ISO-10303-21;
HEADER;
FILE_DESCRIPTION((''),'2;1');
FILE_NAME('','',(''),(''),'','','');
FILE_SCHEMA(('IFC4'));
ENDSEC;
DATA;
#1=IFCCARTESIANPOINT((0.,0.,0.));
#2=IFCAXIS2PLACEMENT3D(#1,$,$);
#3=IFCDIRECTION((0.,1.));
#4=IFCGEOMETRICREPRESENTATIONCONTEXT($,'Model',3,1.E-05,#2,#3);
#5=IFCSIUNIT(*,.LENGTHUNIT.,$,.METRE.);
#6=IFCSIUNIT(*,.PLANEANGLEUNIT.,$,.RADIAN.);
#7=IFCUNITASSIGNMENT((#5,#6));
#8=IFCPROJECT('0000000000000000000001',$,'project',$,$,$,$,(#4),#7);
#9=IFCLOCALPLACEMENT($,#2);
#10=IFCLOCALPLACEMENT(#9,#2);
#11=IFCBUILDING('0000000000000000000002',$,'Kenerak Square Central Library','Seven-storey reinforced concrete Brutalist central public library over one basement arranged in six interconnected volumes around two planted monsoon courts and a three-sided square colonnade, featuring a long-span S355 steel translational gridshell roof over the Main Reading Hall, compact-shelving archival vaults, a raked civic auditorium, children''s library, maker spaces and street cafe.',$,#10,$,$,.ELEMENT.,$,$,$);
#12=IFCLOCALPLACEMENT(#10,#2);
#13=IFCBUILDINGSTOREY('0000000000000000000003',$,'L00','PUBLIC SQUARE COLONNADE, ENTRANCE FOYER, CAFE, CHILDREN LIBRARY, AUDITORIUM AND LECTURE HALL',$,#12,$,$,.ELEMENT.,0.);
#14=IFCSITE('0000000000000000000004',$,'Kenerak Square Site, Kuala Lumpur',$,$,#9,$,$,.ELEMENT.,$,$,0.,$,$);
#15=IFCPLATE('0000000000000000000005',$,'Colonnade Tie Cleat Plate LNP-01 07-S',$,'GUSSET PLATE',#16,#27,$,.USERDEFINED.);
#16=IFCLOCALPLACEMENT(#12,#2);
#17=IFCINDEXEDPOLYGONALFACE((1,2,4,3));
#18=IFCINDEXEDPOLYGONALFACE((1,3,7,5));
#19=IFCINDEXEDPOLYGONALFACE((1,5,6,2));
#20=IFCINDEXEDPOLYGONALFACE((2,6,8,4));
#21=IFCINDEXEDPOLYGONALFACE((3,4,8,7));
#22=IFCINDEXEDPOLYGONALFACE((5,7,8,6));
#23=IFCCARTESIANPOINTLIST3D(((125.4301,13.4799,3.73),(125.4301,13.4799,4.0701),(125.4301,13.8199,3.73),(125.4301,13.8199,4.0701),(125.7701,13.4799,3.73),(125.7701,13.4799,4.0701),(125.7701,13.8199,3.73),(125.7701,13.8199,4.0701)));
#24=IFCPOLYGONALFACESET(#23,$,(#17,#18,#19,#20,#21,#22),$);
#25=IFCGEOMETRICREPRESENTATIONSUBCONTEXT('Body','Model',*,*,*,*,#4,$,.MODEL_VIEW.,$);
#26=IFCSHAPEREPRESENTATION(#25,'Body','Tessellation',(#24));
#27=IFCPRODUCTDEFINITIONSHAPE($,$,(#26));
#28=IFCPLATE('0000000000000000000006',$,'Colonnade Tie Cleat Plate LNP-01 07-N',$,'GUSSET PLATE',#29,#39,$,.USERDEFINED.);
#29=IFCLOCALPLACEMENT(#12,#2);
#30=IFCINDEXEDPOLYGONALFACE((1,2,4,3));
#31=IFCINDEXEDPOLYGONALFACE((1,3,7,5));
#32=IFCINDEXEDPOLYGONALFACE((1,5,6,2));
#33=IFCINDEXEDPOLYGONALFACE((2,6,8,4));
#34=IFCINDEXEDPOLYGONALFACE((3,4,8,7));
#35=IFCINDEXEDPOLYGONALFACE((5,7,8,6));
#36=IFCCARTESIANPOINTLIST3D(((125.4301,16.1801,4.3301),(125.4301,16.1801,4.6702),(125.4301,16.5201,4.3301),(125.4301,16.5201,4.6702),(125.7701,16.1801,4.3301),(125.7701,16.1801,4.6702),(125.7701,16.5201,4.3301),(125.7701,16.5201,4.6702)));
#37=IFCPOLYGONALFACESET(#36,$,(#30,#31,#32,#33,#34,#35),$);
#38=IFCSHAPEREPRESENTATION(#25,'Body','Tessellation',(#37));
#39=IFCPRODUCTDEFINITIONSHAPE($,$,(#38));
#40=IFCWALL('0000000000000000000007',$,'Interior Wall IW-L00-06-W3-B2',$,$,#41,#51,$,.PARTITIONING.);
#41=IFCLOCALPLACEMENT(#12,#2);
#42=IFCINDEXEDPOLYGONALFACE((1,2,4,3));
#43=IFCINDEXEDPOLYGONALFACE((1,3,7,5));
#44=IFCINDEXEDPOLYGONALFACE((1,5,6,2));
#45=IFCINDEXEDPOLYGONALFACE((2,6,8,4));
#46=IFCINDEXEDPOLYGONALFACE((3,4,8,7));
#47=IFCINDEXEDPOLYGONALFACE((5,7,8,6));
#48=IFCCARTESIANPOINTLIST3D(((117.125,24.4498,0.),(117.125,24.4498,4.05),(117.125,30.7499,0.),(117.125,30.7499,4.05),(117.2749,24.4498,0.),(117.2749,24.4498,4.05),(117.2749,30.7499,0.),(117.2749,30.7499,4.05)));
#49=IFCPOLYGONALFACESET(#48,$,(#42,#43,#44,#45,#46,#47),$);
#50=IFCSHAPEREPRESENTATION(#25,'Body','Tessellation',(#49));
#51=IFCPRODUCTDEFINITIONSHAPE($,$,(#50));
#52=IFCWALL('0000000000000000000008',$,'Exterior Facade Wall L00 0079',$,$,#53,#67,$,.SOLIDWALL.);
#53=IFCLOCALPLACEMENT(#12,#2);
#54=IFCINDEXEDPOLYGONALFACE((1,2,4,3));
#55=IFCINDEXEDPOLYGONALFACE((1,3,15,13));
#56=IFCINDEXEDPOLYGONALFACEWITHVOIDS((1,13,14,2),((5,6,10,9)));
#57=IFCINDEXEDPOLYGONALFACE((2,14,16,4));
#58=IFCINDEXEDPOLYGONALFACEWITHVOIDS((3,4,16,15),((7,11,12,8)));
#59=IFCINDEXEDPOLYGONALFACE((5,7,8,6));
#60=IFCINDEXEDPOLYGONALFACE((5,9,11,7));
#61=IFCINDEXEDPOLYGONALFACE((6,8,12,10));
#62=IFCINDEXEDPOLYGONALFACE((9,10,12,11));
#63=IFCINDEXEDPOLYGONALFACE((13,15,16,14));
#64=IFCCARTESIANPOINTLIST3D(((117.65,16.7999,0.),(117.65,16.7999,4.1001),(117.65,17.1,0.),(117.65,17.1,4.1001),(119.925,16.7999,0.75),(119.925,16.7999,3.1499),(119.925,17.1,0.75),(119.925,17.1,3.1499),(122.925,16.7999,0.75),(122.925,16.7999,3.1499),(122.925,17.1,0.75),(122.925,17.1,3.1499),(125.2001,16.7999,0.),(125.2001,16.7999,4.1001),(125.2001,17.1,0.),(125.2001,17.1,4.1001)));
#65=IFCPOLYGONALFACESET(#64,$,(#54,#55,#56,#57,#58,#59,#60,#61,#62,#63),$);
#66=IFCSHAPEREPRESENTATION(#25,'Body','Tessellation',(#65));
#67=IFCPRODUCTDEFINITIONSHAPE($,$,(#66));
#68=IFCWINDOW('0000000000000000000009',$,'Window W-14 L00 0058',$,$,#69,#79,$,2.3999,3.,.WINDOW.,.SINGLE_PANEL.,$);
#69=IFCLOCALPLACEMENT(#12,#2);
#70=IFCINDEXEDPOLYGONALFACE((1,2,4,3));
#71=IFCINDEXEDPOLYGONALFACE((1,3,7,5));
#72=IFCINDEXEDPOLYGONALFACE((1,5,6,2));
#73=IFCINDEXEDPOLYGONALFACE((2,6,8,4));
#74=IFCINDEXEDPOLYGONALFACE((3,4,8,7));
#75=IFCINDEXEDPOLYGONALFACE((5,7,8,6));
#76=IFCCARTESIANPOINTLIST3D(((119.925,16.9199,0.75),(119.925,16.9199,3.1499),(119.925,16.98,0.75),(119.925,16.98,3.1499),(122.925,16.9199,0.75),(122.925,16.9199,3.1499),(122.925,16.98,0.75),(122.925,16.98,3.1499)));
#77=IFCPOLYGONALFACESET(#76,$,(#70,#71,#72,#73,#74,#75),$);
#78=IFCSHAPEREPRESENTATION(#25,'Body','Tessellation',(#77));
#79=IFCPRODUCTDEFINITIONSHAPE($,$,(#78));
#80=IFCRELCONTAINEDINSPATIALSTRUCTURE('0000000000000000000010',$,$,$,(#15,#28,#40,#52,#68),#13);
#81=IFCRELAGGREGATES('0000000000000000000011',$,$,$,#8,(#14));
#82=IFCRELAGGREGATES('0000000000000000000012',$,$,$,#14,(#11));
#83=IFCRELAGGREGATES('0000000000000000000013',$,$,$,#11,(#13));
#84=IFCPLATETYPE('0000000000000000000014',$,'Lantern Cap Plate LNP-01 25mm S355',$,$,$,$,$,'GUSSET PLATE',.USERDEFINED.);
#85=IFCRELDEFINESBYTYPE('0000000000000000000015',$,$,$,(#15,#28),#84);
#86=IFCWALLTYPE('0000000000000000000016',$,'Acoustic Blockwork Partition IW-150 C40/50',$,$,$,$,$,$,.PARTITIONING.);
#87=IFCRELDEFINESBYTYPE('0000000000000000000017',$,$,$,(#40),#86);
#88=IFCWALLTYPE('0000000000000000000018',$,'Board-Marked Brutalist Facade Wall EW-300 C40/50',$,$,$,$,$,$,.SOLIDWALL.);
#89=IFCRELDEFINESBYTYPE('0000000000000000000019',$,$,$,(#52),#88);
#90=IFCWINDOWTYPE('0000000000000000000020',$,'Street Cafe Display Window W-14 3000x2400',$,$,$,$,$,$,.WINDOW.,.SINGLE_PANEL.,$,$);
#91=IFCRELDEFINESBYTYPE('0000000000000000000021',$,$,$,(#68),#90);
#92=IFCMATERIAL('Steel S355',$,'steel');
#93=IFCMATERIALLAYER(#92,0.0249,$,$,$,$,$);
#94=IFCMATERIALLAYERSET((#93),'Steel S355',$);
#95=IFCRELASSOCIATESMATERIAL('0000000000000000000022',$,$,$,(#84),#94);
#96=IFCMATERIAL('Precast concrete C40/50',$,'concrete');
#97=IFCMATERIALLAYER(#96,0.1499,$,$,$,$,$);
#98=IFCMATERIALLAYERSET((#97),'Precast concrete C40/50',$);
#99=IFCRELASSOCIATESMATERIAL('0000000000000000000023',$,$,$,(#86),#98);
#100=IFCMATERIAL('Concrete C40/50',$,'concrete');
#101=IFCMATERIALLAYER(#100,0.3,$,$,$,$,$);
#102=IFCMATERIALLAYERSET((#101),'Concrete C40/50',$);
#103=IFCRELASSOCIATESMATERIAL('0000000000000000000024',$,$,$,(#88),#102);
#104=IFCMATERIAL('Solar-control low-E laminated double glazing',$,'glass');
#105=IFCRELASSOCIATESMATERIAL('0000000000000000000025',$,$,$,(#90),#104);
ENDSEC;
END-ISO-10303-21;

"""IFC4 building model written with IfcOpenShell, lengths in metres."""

from ifc_helpers import new_model, si_unit, direction, frame, frame_2d, origin, origin_2d, place, context, subcontext, project, spatial, rectangle, extrude, material, layer, layer_set, type_object, element, fill, save


model = new_model("IFC4")

# Units and contexts
model_context = context("Model", 3, precision=1e-05, world=origin(), true_north=direction((0.0, 1.0)))
body_context = subcontext(model_context, "Body", "Model", "MODEL_VIEW")
ifc_project = project(units=[si_unit("LENGTHUNIT", "METRE"), si_unit("PLANEANGLEUNIT", "RADIAN")], contexts=[model_context])

# Site, building, storey
site_placement = place(None, origin())
site = spatial("IfcSite", under=ifc_project, at=site_placement, Name="Kenerak Square Site, Kuala Lumpur", CompositionType="ELEMENT", RefElevation=0.0)
building_placement = place(site_placement, origin())
building = spatial("IfcBuilding", under=site, at=building_placement, Name="Kenerak Square Central Library", Description="Seven-storey reinforced concrete Brutalist central public library over one basement arranged in six interconnected volumes around two planted monsoon courts and a three-sided square colonnade, featuring a long-span S355 steel translational gridshell roof over the Main Reading Hall, compact-shelving archival vaults, a raked civic auditorium, children's library, maker spaces and street cafe.", CompositionType="ELEMENT")
storey_placement = place(building_placement, origin())
storey = spatial("IfcBuildingStorey", under=building, at=storey_placement, Name="L00", Description="PUBLIC SQUARE COLONNADE, ENTRANCE FOYER, CAFE, CHILDREN LIBRARY, AUDITORIUM AND LECTURE HALL", CompositionType="ELEMENT", Elevation=0.0)

# Shared definitions
ifc_material_1 = material(Name="Steel S355", Category="steel")

# Shared definitions
ifc_material_2 = material(Name="Concrete C40/50", Category="concrete")

# Plates
ifc_layer_1 = layer(ifc_material_1, 0.0249)
ifc_layer_set_1 = layer_set([ifc_layer_1], Name="Steel S355")
plate_type = type_object("IfcPlateType", Name="Lantern Cap Plate LNP-01 25mm S355", ElementType="GUSSET PLATE", PredefinedType="USERDEFINED", material=ifc_layer_set_1)
for number, where, z_axis, x_axis, name in (
    (1, (125.6001, 13.6499, 3.73), (0.0, 0.0, 1.0), (1.0, 0.0, 0.0), "Colonnade Tie Cleat Plate LNP-01 07-S"),
    (2, (125.6001, 16.3501, 4.3301), (0.0, 0.0, 1.0), (1.0, 0.0, 0.0), "Colonnade Tie Cleat Plate LNP-01 07-N"),
):
    element("IfcPlate", number, at=place(storey_placement, frame(where, z_axis=z_axis, x_axis=x_axis)), inside=storey, type_object=plate_type, Name=name, ObjectType="GUSSET PLATE", PredefinedType="USERDEFINED", context=body_context, shape_type="SweptSolid", body=[
        extrude(rectangle(XDim=0.3401, YDim=0.3401, at=origin_2d()), origin(), (0.0, 0.0, 1.0), 0.3401),
    ])

# Wall
ifc_material_3 = material(Name="Precast concrete C40/50", Category="concrete")
ifc_layer_2 = layer(ifc_material_3, 0.1499)
ifc_layer_set_2 = layer_set([ifc_layer_2], Name="Precast concrete C40/50")
wall_type_1 = type_object("IfcWallType", Name="Acoustic Blockwork Partition IW-150 C40/50", PredefinedType="PARTITIONING", material=ifc_layer_set_2)
wall_1_placement = place(storey_placement, frame((117.2, 24.45, 0.0), z_axis=(0.0, 0.0, 1.0), x_axis=(0.0, 1.0, 0.0)))
element("IfcWall", 3, at=wall_1_placement, inside=storey, type_object=wall_type_1, Name="Interior Wall IW-L00-06-W3-B2", PredefinedType="PARTITIONING", context=body_context, shape_type="SweptSolid", body=[
    extrude(rectangle(XDim=6.3, YDim=0.1499, at=frame_2d((3.1499, 0.0))), origin(), (0.0, 0.0, 1.0), 4.05),
])

# Wall, opening, window
ifc_layer_3 = layer(ifc_material_2, 0.3)
ifc_layer_set_3 = layer_set([ifc_layer_3], Name="Concrete C40/50")
wall_type_2 = type_object("IfcWallType", Name="Board-Marked Brutalist Facade Wall EW-300 C40/50", PredefinedType="SOLIDWALL", material=ifc_layer_set_3)
wall_2_placement = place(storey_placement, frame((125.2, 16.95, 0.0), z_axis=(0.0, 0.0, 1.0), x_axis=(-1.0, 0.0, 0.0)))
wall_2 = element("IfcWall", 4, at=wall_2_placement, inside=storey, type_object=wall_type_2, Name="Exterior Facade Wall L00 0079", PredefinedType="SOLIDWALL", context=body_context, shape_type="SweptSolid", body=[
    extrude(rectangle(XDim=7.55, YDim=0.3, at=frame_2d((3.7749, 0.0))), origin(), (0.0, 0.0, 1.0), 4.1001),
])
opening_placement = place(wall_2_placement, frame((2.2749, 0.0, 0.75)))
opening = element("IfcOpeningElement", 5, at=opening_placement, cuts=wall_2, PredefinedType="OPENING", context=body_context, shape_type="SweptSolid", body=[
    extrude(rectangle(XDim=3.0, YDim=2.3999, at=frame_2d((1.5, 1.2))), frame((0.0, 0.1599, 0.0), z_axis=(0.0, -1.0, 0.0), x_axis=(1.0, 0.0, 0.0)), (0.0, 0.0, 1.0), 0.3201),
])
ifc_material_4 = material(Name="Solar-control low-E laminated double glazing", Category="glass")
window_type = type_object("IfcWindowType", Name="Street Cafe Display Window W-14 3000x2400", PartitioningType="SINGLE_PANEL", PredefinedType="WINDOW", material=ifc_material_4)
window_placement = place(opening_placement, origin())
window = element("IfcWindow", 6, at=window_placement, inside=storey, type_object=window_type, Name="Window W-14 L00 0058", OverallHeight=2.3999, OverallWidth=3.0, PartitioningType="SINGLE_PANEL", PredefinedType="WINDOW", context=body_context, shape_type="SweptSolid", body=[
    extrude(rectangle(XDim=3.0, YDim=2.3999, at=frame_2d((1.5, 1.2))), frame((0.0, 0.03, 0.0), z_axis=(0.0, -1.0, 0.0), x_axis=(1.0, 0.0, 0.0)), (0.0, 0.0, 1.0), 0.0601),
])
fill(opening, window)

save(model, "model.ifc")
